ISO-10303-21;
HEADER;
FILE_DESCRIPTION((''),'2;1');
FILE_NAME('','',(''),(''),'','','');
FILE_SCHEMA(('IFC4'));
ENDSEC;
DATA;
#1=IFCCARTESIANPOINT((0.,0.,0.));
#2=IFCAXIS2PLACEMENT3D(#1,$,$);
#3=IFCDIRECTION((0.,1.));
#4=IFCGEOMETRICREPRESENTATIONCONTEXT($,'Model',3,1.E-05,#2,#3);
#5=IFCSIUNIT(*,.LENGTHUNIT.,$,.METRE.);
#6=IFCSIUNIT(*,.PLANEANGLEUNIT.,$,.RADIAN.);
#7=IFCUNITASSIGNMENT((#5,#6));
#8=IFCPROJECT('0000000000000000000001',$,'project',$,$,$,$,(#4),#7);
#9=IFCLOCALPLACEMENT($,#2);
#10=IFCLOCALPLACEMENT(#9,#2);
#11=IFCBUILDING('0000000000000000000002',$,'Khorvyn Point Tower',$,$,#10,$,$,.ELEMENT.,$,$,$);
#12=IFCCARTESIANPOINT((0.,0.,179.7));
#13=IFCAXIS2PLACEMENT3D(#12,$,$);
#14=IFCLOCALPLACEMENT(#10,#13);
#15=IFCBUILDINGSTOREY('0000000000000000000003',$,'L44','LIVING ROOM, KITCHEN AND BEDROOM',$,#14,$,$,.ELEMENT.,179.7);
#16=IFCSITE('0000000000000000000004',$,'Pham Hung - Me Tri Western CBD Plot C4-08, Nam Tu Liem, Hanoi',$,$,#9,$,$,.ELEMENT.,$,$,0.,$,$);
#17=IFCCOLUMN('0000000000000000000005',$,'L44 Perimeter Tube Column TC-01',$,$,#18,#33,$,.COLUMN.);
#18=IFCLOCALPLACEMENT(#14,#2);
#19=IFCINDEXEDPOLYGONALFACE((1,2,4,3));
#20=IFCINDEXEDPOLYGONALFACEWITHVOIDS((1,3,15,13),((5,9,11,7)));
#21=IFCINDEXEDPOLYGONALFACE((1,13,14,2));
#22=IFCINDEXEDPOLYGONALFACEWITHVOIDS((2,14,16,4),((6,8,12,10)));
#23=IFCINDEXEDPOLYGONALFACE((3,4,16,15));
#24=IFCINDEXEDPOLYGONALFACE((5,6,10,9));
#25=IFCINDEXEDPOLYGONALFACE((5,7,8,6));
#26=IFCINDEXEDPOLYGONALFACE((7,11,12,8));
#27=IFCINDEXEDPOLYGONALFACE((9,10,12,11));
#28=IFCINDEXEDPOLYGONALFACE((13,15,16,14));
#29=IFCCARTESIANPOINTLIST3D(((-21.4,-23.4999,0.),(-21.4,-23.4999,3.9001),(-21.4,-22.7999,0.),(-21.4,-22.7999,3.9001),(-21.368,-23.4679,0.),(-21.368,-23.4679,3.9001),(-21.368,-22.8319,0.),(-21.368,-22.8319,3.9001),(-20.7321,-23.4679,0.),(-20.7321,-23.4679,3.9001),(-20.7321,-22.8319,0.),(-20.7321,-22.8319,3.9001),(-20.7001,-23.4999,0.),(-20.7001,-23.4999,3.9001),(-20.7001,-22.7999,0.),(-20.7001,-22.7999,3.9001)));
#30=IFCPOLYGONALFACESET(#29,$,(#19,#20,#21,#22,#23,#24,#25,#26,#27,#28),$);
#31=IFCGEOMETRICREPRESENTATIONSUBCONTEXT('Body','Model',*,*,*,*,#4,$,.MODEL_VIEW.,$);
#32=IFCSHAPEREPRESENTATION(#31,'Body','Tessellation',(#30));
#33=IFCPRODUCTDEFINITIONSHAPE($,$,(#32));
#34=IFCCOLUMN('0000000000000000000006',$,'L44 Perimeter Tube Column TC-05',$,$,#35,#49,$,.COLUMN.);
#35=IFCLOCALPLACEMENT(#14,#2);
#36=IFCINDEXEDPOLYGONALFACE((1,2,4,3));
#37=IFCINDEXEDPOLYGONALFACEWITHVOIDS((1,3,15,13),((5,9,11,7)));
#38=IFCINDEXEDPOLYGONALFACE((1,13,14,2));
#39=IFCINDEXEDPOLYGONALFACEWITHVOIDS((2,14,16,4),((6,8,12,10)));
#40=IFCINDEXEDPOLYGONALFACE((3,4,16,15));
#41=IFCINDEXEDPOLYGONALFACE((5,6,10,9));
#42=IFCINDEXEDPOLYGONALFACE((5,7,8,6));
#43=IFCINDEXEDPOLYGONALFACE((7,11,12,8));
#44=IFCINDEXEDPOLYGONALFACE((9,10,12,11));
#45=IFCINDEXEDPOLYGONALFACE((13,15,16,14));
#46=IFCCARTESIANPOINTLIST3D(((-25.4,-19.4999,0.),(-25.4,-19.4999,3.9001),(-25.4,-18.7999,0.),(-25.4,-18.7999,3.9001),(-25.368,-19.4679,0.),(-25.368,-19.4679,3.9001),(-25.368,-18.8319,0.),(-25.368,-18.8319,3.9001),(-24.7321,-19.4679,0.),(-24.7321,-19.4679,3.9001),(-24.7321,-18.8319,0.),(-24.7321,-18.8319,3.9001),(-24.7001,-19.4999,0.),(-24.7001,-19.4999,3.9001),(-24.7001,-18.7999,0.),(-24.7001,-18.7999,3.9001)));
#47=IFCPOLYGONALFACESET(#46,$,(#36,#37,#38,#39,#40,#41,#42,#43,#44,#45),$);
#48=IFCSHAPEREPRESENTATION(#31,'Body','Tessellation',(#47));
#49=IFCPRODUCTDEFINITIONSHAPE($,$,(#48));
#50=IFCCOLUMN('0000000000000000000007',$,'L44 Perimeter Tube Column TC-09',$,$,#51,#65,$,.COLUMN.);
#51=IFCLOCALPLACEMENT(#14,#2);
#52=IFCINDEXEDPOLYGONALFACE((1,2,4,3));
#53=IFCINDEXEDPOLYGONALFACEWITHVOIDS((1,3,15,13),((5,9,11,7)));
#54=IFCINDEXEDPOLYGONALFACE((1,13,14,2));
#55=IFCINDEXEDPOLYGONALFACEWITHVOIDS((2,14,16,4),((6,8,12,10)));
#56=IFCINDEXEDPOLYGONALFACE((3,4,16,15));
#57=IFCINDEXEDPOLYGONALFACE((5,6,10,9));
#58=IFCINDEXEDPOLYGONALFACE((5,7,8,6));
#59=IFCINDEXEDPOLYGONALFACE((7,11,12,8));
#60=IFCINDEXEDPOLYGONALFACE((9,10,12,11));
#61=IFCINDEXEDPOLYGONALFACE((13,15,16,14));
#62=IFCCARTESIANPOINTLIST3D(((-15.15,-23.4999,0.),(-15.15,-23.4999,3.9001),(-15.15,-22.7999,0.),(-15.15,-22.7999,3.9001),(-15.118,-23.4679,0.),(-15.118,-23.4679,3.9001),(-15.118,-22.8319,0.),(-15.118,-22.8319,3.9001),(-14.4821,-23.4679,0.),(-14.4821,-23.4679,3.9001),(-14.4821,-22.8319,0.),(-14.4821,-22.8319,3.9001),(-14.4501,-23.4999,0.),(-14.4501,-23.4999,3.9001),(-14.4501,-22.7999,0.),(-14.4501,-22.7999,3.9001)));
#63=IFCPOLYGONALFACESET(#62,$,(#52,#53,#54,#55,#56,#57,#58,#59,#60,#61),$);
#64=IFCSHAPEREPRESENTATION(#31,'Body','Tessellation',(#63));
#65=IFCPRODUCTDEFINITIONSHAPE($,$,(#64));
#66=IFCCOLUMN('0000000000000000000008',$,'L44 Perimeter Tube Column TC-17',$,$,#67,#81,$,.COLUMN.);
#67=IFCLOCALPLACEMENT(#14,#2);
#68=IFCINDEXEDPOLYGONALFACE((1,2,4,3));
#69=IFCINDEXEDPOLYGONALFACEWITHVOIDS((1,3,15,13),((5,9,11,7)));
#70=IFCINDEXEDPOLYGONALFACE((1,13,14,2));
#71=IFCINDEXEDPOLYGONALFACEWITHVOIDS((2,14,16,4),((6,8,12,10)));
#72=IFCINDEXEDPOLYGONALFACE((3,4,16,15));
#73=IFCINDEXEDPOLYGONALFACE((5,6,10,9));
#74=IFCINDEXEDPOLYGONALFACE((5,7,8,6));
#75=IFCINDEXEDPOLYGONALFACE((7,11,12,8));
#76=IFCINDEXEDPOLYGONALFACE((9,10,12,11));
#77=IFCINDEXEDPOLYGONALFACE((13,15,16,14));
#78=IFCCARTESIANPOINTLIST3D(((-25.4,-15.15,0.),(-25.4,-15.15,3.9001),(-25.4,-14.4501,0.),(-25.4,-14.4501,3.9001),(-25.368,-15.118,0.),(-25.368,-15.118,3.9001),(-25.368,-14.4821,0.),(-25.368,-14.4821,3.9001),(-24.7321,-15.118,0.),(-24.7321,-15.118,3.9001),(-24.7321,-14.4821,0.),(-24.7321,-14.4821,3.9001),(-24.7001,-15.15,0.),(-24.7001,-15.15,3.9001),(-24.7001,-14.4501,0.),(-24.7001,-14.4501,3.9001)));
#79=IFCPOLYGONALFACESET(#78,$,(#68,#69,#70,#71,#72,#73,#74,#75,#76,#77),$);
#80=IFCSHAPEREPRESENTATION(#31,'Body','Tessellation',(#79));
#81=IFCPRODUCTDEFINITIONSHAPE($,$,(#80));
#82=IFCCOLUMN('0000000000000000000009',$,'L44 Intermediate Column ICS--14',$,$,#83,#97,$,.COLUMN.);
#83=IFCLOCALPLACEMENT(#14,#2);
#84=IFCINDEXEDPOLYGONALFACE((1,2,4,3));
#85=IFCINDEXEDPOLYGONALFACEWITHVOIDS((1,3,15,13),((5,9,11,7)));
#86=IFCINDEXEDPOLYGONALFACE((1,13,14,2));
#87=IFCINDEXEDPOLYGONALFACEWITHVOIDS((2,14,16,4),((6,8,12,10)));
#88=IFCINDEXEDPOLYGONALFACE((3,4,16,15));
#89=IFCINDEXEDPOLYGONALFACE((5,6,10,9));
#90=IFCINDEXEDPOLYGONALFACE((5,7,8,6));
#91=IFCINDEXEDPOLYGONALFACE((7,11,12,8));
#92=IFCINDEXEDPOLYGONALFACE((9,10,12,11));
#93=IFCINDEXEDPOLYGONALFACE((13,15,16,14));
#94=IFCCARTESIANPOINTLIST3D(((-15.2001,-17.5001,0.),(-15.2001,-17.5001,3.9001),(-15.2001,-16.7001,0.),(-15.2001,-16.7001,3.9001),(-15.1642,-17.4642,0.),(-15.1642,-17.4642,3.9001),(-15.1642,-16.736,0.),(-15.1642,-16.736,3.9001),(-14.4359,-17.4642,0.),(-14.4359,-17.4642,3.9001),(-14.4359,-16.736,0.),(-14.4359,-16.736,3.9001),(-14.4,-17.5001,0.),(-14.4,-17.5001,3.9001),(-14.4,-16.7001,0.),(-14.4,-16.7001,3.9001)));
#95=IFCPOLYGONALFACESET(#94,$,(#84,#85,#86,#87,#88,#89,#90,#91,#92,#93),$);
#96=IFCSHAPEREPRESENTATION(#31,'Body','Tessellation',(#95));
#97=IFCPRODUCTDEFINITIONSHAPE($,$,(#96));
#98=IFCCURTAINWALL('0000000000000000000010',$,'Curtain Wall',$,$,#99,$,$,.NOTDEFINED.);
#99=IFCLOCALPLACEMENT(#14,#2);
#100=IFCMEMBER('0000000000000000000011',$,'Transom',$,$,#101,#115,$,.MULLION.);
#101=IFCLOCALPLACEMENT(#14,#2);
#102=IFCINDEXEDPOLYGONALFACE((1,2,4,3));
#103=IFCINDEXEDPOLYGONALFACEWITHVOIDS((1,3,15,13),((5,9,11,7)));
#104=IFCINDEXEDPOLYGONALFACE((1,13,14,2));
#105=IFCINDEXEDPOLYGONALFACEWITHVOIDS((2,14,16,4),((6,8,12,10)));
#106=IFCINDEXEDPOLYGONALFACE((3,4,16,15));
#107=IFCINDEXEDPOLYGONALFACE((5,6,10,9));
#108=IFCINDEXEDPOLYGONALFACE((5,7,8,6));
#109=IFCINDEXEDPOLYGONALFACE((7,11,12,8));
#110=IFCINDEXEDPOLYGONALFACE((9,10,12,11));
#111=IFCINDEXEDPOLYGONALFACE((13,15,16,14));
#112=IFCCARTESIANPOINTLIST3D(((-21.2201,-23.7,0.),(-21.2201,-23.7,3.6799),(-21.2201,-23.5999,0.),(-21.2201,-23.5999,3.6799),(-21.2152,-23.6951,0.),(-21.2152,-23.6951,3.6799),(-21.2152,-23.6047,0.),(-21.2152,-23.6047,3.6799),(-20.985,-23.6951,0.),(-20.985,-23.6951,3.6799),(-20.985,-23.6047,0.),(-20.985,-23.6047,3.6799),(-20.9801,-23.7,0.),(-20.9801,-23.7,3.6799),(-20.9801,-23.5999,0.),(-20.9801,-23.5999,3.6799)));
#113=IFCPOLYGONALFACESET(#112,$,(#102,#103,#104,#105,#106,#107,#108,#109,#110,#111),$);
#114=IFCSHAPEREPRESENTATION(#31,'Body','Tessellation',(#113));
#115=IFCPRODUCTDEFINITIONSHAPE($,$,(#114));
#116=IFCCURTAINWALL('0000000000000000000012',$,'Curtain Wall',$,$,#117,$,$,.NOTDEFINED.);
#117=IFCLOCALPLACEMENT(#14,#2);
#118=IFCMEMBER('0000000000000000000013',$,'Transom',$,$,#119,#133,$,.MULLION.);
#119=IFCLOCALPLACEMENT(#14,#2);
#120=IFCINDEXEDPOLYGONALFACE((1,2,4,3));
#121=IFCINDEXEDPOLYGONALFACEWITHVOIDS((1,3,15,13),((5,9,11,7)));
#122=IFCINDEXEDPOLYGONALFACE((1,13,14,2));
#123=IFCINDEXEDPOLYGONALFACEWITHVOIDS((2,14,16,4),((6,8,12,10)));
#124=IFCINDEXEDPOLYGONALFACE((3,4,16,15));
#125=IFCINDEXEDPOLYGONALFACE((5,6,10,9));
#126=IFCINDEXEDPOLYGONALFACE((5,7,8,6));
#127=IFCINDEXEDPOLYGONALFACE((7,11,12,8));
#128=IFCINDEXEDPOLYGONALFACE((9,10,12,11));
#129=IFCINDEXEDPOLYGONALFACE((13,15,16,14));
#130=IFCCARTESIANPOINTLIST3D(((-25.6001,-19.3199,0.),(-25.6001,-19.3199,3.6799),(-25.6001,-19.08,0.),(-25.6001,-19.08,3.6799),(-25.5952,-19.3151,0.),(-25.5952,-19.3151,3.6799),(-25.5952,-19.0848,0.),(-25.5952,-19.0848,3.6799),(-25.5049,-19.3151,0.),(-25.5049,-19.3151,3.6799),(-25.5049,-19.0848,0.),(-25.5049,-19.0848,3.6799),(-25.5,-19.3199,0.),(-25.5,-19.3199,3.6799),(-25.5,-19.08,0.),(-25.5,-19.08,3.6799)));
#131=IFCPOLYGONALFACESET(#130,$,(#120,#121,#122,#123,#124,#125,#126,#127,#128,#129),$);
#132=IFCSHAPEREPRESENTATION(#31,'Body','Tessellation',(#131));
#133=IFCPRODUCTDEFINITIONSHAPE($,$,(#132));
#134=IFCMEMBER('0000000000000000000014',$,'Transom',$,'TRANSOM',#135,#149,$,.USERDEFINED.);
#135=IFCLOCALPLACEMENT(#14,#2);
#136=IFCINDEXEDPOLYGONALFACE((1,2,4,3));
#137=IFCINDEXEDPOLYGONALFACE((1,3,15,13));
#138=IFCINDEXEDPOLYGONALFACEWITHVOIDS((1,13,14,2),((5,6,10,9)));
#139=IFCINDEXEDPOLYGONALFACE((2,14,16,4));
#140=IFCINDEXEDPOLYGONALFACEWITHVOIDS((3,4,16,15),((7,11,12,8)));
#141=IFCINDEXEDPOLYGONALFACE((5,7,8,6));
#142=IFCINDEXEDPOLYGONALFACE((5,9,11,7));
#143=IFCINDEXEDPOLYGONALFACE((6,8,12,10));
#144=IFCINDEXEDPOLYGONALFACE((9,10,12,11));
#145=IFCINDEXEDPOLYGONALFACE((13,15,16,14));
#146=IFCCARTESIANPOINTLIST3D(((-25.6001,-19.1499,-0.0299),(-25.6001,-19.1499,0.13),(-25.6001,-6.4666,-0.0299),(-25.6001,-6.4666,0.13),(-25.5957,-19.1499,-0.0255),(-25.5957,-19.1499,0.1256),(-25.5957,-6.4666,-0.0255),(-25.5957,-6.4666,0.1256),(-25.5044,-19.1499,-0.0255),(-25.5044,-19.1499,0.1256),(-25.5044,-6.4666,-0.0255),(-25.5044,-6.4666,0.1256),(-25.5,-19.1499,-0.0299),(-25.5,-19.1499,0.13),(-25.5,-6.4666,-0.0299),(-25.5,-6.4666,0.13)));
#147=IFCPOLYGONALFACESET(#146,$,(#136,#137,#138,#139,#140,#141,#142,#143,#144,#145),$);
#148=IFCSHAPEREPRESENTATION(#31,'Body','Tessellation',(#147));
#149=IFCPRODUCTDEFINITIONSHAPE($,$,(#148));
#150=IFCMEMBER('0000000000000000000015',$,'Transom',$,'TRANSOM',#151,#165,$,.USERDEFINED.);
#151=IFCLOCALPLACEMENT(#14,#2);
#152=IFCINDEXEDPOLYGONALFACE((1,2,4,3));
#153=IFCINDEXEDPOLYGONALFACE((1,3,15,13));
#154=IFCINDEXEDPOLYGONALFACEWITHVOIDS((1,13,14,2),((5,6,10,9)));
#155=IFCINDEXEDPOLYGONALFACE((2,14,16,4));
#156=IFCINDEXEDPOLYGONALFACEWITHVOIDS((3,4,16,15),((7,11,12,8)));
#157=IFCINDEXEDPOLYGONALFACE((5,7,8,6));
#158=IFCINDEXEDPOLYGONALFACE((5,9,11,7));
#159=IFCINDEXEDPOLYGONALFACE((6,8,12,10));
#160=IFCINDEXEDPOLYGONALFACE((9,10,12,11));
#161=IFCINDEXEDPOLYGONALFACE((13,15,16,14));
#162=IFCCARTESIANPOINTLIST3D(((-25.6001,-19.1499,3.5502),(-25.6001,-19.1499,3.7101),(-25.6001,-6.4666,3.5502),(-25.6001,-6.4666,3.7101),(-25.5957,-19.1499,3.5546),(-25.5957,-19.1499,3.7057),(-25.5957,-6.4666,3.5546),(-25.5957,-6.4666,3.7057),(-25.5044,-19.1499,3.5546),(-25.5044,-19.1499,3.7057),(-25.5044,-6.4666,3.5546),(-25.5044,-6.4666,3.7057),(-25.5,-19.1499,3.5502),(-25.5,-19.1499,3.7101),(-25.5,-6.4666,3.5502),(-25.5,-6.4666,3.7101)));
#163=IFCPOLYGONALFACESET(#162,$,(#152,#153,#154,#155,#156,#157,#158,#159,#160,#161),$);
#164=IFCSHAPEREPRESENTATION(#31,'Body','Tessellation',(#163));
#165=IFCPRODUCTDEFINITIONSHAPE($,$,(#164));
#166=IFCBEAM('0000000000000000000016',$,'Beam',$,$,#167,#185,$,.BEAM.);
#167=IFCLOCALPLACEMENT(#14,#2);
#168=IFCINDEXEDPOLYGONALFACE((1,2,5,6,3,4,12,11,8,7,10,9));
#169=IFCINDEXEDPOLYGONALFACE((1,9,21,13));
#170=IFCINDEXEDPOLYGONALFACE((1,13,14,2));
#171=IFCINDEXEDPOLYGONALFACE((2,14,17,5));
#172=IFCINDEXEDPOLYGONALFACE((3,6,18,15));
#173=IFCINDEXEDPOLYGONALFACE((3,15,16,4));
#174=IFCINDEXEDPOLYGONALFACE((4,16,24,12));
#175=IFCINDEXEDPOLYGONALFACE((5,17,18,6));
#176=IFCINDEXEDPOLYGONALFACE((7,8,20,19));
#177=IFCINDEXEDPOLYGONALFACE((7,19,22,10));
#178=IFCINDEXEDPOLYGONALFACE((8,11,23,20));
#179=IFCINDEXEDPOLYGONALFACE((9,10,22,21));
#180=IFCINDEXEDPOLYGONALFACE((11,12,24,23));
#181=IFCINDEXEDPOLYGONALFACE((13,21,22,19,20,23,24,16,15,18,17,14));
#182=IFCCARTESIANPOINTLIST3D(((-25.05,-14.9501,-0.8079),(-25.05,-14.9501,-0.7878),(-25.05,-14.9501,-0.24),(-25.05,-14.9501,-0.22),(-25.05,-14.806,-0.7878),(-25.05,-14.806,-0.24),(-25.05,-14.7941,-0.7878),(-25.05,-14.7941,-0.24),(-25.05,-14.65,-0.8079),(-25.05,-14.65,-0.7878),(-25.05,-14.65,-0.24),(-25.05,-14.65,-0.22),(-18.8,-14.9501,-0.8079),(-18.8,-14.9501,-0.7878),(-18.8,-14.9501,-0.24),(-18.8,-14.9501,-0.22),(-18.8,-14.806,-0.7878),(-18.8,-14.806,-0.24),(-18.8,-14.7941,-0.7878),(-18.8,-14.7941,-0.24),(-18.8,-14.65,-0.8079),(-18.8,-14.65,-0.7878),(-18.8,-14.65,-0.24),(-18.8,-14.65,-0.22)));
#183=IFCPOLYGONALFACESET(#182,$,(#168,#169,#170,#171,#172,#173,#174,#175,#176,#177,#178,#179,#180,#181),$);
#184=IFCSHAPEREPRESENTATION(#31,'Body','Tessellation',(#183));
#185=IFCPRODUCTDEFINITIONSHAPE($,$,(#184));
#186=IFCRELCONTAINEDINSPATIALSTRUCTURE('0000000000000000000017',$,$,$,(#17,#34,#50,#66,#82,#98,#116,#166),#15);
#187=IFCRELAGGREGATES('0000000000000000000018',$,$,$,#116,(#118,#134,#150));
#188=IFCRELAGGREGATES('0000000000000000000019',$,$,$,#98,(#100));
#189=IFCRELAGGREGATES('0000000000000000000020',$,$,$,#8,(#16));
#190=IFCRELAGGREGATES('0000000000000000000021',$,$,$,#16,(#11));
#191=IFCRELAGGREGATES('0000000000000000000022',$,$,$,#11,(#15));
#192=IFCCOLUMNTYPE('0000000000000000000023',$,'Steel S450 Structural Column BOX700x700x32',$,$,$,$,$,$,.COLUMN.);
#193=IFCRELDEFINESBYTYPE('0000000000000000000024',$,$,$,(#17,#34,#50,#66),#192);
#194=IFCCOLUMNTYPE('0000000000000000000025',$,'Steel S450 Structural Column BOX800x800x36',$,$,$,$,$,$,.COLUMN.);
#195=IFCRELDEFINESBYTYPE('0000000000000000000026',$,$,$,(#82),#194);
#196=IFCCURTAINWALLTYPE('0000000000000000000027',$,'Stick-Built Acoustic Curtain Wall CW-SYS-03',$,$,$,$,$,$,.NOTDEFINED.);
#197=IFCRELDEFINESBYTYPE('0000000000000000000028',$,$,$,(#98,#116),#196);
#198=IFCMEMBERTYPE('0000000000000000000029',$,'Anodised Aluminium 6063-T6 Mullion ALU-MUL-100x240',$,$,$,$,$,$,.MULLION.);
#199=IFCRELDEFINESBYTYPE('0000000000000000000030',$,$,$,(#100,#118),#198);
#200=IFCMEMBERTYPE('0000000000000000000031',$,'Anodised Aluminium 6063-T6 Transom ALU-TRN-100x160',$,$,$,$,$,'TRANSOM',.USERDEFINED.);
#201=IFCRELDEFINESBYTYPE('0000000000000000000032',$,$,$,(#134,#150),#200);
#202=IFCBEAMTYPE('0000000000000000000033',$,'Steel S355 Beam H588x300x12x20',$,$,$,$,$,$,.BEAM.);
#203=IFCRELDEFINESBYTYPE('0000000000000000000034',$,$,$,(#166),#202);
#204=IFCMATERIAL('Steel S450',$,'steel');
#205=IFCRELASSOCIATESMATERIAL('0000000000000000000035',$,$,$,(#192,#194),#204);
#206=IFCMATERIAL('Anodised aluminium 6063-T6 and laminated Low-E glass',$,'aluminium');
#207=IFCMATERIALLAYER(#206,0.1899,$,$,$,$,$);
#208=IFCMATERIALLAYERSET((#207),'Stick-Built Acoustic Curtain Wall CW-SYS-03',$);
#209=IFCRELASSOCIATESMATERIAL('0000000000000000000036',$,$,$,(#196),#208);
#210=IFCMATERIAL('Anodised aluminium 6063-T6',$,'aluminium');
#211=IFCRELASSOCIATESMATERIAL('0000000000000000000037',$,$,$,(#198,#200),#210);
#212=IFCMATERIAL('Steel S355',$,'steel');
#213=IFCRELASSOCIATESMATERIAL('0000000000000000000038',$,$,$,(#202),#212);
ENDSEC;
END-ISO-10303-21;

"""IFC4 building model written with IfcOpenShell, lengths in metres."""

from ifc_helpers import new_model, si_unit, direction, frame, origin, origin_2d, place, context, subcontext, project, spatial, hollow_rectangle, i_section, extrude, material, layer, layer_set, material_profile, profile_set, type_object, element, aggregate, save


model = new_model("IFC4")

# Units and contexts
model_context = context("Model", 3, precision=1e-05, world=origin(), true_north=direction((0.0, 1.0)))
body_context = subcontext(model_context, "Body", "Model", "MODEL_VIEW")
ifc_project = project(units=[si_unit("LENGTHUNIT", "METRE"), si_unit("PLANEANGLEUNIT", "RADIAN")], contexts=[model_context])

# Site, building, storey
site_placement = place(None, origin())
site = spatial("IfcSite", under=ifc_project, at=site_placement, Name="Pham Hung - Me Tri Western CBD Plot C4-08, Nam Tu Liem, Hanoi", CompositionType="ELEMENT", RefElevation=0.0)
building_placement = place(site_placement, origin())
building = spatial("IfcBuilding", under=site, at=building_placement, Name="Khorvyn Point Tower", CompositionType="ELEMENT")
storey_placement = place(building_placement, frame((0.0, 0.0, 179.7)))
storey = spatial("IfcBuildingStorey", under=building, at=storey_placement, Name="L44", Description="LIVING ROOM, KITCHEN AND BEDROOM", CompositionType="ELEMENT", Elevation=179.7)

# Columns
ifc_material_1 = material(Name="Steel S450", Category="steel")
ifc_material_profile_1 = material_profile(ifc_material_1, hollow_rectangle(XDim=0.7, YDim=0.7, WallThickness=0.032, at=origin_2d()))
ifc_profile_set_1 = profile_set([ifc_material_profile_1], Name="Steel S450 BOX700x700x32")
column_type_1 = type_object("IfcColumnType", Name="Steel S450 Structural Column BOX700x700x32", PredefinedType="COLUMN", material=ifc_profile_set_1)
for number, where, z_axis, x_axis, name in (
    (1, (-21.05, -23.1499, 0.0), (0.0, 0.0, 1.0), (1.0, 0.0, 0.0), "L44 Perimeter Tube Column TC-01"),
    (2, (-25.05, -19.1499, 0.0), (0.0, 0.0, 1.0), (1.0, 0.0, 0.0), "L44 Perimeter Tube Column TC-05"),
    (3, (-14.8, -23.1499, 0.0), (0.0, 0.0, 1.0), (1.0, 0.0, 0.0), "L44 Perimeter Tube Column TC-09"),
    (4, (-25.05, -14.8, 0.0), (0.0, 0.0, 1.0), (1.0, 0.0, 0.0), "L44 Perimeter Tube Column TC-17"),
):
    element("IfcColumn", number, at=place(storey_placement, frame(where, z_axis=z_axis, x_axis=x_axis)), inside=storey, type_object=column_type_1, Name=name, PredefinedType="COLUMN", context=body_context, shape_type="SweptSolid", body=[
        extrude(hollow_rectangle(XDim=0.7, YDim=0.7, WallThickness=0.032, at=origin_2d()), origin(), (0.0, 0.0, 1.0), 3.9001),
    ])
ifc_material_profile_2 = material_profile(ifc_material_1, hollow_rectangle(XDim=0.8, YDim=0.8, WallThickness=0.0359, at=origin_2d()))
ifc_profile_set_2 = profile_set([ifc_material_profile_2], Name="Steel S450 BOX800x800x36")
column_type_2 = type_object("IfcColumnType", Name="Steel S450 Structural Column BOX800x800x36", PredefinedType="COLUMN", material=ifc_profile_set_2)
column_placement = place(storey_placement, frame((-14.8, -17.1001, 0.0), z_axis=(0.0, 0.0, 1.0), x_axis=(1.0, 0.0, 0.0)))
element("IfcColumn", 5, at=column_placement, inside=storey, type_object=column_type_2, Name="L44 Intermediate Column ICS--14", PredefinedType="COLUMN", context=body_context, shape_type="SweptSolid", body=[
    extrude(hollow_rectangle(XDim=0.8, YDim=0.8, WallThickness=0.0359, at=origin_2d()), origin(), (0.0, 0.0, 1.0), 3.9001),
])

# Curtain wall, member
ifc_material_2 = material(Name="Anodised aluminium 6063-T6 and laminated Low-E glass", Category="aluminium")
ifc_layer_1 = layer(ifc_material_2, 0.1899)
ifc_layer_set_1 = layer_set([ifc_layer_1], Name="Stick-Built Acoustic Curtain Wall CW-SYS-03")
curtain_wall_type = type_object("IfcCurtainWallType", Name="Stick-Built Acoustic Curtain Wall CW-SYS-03", PredefinedType="NOTDEFINED", material=ifc_layer_set_1)
curtain_wall_1_placement = place(storey_placement, origin())
curtain_wall_1 = element("IfcCurtainWall", 6, at=curtain_wall_1_placement, inside=storey, type_object=curtain_wall_type, Name="Curtain Wall", PredefinedType="NOTDEFINED")
ifc_material_3 = material(Name="Anodised aluminium 6063-T6", Category="aluminium")
ifc_material_profile_3 = material_profile(ifc_material_3, hollow_rectangle(XDim=0.1001, YDim=0.24, WallThickness=0.0049, at=origin_2d()))
ifc_profile_set_3 = profile_set([ifc_material_profile_3], Name="Anodised aluminium 6063-T6 ALU-MUL-100x240")
member_type_1 = type_object("IfcMemberType", Name="Anodised Aluminium 6063-T6 Mullion ALU-MUL-100x240", PredefinedType="MULLION", material=ifc_profile_set_3)
member_1_placement = place(storey_placement, frame((-21.1001, -23.6499, 0.0), z_axis=(0.0, 0.0, 1.0), x_axis=(0.0, -1.0, 0.0)))
member_1 = element("IfcMember", 7, at=member_1_placement, type_object=member_type_1, Name="Transom", PredefinedType="MULLION", context=body_context, shape_type="SweptSolid", body=[
    extrude(hollow_rectangle(XDim=0.1001, YDim=0.24, WallThickness=0.0049, at=origin_2d()), origin(), (0.0, 0.0, 1.0), 3.6799),
])

# Curtain wall, members
curtain_wall_2_placement = place(storey_placement, origin())
curtain_wall_2 = element("IfcCurtainWall", 8, at=curtain_wall_2_placement, inside=storey, type_object=curtain_wall_type, Name="Curtain Wall", PredefinedType="NOTDEFINED")
member_2_placement = place(storey_placement, frame((-25.55, -19.2, 0.0), z_axis=(0.0, 0.0, 1.0), x_axis=(-1.0, 0.0, 0.0)))
member_2 = element("IfcMember", 9, at=member_2_placement, type_object=member_type_1, Name="Transom", PredefinedType="MULLION", context=body_context, shape_type="SweptSolid", body=[
    extrude(hollow_rectangle(XDim=0.1001, YDim=0.24, WallThickness=0.0049, at=origin_2d()), origin(), (0.0, 0.0, 1.0), 3.6799),
])
ifc_material_profile_4 = material_profile(ifc_material_3, hollow_rectangle(XDim=0.1001, YDim=0.1599, WallThickness=0.0044, at=origin_2d()))
ifc_profile_set_4 = profile_set([ifc_material_profile_4], Name="Anodised aluminium 6063-T6 ALU-TRN-100x160")
member_type_2 = type_object("IfcMemberType", Name="Anodised Aluminium 6063-T6 Transom ALU-TRN-100x160", ElementType="TRANSOM", PredefinedType="USERDEFINED", material=ifc_profile_set_4)
member_3_placement = place(storey_placement, frame((-25.55, -19.1499, 0.05), z_axis=(0.0, 1.0, 0.0), x_axis=(-1.0, 0.0, 0.0)))
member_3 = element("IfcMember", 10, at=member_3_placement, type_object=member_type_2, Name="Transom", ObjectType="TRANSOM", PredefinedType="USERDEFINED", context=body_context, shape_type="SweptSolid", body=[
    extrude(hollow_rectangle(XDim=0.1001, YDim=0.1599, WallThickness=0.0044, at=origin_2d()), origin(), (0.0, 0.0, 1.0), 12.6833),
])
member_4_placement = place(storey_placement, frame((-25.55, -19.1499, 3.6301), z_axis=(0.0, 1.0, 0.0), x_axis=(-1.0, 0.0, 0.0)))
member_4 = element("IfcMember", 11, at=member_4_placement, type_object=member_type_2, Name="Transom", ObjectType="TRANSOM", PredefinedType="USERDEFINED", context=body_context, shape_type="SweptSolid", body=[
    extrude(hollow_rectangle(XDim=0.1001, YDim=0.1599, WallThickness=0.0044, at=origin_2d()), origin(), (0.0, 0.0, 1.0), 12.6833),
])
aggregate(curtain_wall_2, [member_2, member_3, member_4])

# Beam
ifc_material_4 = material(Name="Steel S355", Category="steel")
ifc_material_profile_5 = material_profile(ifc_material_4, i_section(OverallWidth=0.3, OverallDepth=0.5879, WebThickness=0.012, FlangeThickness=0.02, at=origin_2d()))
ifc_profile_set_5 = profile_set([ifc_material_profile_5], Name="Steel S355 H588x300x12x20")
beam_type_1 = type_object("IfcBeamType", Name="Steel S355 Beam H588x300x12x20", PredefinedType="BEAM", material=ifc_profile_set_5)
beam_1_placement = place(storey_placement, frame((-25.05, -14.8, -0.5139), z_axis=(1.0, 0.0, 0.0), x_axis=(0.0, 1.0, 0.0)))
element("IfcBeam", 12, at=beam_1_placement, inside=storey, type_object=beam_type_1, Name="Beam", PredefinedType="BEAM", context=body_context, shape_type="SweptSolid", body=[
    extrude(i_section(OverallWidth=0.3, OverallDepth=0.5879, WebThickness=0.012, FlangeThickness=0.02, at=origin_2d()), origin(), (0.0, 0.0, 1.0), 6.25),
])

aggregate(curtain_wall_1, [member_1])

save(model, "model.ifc")
